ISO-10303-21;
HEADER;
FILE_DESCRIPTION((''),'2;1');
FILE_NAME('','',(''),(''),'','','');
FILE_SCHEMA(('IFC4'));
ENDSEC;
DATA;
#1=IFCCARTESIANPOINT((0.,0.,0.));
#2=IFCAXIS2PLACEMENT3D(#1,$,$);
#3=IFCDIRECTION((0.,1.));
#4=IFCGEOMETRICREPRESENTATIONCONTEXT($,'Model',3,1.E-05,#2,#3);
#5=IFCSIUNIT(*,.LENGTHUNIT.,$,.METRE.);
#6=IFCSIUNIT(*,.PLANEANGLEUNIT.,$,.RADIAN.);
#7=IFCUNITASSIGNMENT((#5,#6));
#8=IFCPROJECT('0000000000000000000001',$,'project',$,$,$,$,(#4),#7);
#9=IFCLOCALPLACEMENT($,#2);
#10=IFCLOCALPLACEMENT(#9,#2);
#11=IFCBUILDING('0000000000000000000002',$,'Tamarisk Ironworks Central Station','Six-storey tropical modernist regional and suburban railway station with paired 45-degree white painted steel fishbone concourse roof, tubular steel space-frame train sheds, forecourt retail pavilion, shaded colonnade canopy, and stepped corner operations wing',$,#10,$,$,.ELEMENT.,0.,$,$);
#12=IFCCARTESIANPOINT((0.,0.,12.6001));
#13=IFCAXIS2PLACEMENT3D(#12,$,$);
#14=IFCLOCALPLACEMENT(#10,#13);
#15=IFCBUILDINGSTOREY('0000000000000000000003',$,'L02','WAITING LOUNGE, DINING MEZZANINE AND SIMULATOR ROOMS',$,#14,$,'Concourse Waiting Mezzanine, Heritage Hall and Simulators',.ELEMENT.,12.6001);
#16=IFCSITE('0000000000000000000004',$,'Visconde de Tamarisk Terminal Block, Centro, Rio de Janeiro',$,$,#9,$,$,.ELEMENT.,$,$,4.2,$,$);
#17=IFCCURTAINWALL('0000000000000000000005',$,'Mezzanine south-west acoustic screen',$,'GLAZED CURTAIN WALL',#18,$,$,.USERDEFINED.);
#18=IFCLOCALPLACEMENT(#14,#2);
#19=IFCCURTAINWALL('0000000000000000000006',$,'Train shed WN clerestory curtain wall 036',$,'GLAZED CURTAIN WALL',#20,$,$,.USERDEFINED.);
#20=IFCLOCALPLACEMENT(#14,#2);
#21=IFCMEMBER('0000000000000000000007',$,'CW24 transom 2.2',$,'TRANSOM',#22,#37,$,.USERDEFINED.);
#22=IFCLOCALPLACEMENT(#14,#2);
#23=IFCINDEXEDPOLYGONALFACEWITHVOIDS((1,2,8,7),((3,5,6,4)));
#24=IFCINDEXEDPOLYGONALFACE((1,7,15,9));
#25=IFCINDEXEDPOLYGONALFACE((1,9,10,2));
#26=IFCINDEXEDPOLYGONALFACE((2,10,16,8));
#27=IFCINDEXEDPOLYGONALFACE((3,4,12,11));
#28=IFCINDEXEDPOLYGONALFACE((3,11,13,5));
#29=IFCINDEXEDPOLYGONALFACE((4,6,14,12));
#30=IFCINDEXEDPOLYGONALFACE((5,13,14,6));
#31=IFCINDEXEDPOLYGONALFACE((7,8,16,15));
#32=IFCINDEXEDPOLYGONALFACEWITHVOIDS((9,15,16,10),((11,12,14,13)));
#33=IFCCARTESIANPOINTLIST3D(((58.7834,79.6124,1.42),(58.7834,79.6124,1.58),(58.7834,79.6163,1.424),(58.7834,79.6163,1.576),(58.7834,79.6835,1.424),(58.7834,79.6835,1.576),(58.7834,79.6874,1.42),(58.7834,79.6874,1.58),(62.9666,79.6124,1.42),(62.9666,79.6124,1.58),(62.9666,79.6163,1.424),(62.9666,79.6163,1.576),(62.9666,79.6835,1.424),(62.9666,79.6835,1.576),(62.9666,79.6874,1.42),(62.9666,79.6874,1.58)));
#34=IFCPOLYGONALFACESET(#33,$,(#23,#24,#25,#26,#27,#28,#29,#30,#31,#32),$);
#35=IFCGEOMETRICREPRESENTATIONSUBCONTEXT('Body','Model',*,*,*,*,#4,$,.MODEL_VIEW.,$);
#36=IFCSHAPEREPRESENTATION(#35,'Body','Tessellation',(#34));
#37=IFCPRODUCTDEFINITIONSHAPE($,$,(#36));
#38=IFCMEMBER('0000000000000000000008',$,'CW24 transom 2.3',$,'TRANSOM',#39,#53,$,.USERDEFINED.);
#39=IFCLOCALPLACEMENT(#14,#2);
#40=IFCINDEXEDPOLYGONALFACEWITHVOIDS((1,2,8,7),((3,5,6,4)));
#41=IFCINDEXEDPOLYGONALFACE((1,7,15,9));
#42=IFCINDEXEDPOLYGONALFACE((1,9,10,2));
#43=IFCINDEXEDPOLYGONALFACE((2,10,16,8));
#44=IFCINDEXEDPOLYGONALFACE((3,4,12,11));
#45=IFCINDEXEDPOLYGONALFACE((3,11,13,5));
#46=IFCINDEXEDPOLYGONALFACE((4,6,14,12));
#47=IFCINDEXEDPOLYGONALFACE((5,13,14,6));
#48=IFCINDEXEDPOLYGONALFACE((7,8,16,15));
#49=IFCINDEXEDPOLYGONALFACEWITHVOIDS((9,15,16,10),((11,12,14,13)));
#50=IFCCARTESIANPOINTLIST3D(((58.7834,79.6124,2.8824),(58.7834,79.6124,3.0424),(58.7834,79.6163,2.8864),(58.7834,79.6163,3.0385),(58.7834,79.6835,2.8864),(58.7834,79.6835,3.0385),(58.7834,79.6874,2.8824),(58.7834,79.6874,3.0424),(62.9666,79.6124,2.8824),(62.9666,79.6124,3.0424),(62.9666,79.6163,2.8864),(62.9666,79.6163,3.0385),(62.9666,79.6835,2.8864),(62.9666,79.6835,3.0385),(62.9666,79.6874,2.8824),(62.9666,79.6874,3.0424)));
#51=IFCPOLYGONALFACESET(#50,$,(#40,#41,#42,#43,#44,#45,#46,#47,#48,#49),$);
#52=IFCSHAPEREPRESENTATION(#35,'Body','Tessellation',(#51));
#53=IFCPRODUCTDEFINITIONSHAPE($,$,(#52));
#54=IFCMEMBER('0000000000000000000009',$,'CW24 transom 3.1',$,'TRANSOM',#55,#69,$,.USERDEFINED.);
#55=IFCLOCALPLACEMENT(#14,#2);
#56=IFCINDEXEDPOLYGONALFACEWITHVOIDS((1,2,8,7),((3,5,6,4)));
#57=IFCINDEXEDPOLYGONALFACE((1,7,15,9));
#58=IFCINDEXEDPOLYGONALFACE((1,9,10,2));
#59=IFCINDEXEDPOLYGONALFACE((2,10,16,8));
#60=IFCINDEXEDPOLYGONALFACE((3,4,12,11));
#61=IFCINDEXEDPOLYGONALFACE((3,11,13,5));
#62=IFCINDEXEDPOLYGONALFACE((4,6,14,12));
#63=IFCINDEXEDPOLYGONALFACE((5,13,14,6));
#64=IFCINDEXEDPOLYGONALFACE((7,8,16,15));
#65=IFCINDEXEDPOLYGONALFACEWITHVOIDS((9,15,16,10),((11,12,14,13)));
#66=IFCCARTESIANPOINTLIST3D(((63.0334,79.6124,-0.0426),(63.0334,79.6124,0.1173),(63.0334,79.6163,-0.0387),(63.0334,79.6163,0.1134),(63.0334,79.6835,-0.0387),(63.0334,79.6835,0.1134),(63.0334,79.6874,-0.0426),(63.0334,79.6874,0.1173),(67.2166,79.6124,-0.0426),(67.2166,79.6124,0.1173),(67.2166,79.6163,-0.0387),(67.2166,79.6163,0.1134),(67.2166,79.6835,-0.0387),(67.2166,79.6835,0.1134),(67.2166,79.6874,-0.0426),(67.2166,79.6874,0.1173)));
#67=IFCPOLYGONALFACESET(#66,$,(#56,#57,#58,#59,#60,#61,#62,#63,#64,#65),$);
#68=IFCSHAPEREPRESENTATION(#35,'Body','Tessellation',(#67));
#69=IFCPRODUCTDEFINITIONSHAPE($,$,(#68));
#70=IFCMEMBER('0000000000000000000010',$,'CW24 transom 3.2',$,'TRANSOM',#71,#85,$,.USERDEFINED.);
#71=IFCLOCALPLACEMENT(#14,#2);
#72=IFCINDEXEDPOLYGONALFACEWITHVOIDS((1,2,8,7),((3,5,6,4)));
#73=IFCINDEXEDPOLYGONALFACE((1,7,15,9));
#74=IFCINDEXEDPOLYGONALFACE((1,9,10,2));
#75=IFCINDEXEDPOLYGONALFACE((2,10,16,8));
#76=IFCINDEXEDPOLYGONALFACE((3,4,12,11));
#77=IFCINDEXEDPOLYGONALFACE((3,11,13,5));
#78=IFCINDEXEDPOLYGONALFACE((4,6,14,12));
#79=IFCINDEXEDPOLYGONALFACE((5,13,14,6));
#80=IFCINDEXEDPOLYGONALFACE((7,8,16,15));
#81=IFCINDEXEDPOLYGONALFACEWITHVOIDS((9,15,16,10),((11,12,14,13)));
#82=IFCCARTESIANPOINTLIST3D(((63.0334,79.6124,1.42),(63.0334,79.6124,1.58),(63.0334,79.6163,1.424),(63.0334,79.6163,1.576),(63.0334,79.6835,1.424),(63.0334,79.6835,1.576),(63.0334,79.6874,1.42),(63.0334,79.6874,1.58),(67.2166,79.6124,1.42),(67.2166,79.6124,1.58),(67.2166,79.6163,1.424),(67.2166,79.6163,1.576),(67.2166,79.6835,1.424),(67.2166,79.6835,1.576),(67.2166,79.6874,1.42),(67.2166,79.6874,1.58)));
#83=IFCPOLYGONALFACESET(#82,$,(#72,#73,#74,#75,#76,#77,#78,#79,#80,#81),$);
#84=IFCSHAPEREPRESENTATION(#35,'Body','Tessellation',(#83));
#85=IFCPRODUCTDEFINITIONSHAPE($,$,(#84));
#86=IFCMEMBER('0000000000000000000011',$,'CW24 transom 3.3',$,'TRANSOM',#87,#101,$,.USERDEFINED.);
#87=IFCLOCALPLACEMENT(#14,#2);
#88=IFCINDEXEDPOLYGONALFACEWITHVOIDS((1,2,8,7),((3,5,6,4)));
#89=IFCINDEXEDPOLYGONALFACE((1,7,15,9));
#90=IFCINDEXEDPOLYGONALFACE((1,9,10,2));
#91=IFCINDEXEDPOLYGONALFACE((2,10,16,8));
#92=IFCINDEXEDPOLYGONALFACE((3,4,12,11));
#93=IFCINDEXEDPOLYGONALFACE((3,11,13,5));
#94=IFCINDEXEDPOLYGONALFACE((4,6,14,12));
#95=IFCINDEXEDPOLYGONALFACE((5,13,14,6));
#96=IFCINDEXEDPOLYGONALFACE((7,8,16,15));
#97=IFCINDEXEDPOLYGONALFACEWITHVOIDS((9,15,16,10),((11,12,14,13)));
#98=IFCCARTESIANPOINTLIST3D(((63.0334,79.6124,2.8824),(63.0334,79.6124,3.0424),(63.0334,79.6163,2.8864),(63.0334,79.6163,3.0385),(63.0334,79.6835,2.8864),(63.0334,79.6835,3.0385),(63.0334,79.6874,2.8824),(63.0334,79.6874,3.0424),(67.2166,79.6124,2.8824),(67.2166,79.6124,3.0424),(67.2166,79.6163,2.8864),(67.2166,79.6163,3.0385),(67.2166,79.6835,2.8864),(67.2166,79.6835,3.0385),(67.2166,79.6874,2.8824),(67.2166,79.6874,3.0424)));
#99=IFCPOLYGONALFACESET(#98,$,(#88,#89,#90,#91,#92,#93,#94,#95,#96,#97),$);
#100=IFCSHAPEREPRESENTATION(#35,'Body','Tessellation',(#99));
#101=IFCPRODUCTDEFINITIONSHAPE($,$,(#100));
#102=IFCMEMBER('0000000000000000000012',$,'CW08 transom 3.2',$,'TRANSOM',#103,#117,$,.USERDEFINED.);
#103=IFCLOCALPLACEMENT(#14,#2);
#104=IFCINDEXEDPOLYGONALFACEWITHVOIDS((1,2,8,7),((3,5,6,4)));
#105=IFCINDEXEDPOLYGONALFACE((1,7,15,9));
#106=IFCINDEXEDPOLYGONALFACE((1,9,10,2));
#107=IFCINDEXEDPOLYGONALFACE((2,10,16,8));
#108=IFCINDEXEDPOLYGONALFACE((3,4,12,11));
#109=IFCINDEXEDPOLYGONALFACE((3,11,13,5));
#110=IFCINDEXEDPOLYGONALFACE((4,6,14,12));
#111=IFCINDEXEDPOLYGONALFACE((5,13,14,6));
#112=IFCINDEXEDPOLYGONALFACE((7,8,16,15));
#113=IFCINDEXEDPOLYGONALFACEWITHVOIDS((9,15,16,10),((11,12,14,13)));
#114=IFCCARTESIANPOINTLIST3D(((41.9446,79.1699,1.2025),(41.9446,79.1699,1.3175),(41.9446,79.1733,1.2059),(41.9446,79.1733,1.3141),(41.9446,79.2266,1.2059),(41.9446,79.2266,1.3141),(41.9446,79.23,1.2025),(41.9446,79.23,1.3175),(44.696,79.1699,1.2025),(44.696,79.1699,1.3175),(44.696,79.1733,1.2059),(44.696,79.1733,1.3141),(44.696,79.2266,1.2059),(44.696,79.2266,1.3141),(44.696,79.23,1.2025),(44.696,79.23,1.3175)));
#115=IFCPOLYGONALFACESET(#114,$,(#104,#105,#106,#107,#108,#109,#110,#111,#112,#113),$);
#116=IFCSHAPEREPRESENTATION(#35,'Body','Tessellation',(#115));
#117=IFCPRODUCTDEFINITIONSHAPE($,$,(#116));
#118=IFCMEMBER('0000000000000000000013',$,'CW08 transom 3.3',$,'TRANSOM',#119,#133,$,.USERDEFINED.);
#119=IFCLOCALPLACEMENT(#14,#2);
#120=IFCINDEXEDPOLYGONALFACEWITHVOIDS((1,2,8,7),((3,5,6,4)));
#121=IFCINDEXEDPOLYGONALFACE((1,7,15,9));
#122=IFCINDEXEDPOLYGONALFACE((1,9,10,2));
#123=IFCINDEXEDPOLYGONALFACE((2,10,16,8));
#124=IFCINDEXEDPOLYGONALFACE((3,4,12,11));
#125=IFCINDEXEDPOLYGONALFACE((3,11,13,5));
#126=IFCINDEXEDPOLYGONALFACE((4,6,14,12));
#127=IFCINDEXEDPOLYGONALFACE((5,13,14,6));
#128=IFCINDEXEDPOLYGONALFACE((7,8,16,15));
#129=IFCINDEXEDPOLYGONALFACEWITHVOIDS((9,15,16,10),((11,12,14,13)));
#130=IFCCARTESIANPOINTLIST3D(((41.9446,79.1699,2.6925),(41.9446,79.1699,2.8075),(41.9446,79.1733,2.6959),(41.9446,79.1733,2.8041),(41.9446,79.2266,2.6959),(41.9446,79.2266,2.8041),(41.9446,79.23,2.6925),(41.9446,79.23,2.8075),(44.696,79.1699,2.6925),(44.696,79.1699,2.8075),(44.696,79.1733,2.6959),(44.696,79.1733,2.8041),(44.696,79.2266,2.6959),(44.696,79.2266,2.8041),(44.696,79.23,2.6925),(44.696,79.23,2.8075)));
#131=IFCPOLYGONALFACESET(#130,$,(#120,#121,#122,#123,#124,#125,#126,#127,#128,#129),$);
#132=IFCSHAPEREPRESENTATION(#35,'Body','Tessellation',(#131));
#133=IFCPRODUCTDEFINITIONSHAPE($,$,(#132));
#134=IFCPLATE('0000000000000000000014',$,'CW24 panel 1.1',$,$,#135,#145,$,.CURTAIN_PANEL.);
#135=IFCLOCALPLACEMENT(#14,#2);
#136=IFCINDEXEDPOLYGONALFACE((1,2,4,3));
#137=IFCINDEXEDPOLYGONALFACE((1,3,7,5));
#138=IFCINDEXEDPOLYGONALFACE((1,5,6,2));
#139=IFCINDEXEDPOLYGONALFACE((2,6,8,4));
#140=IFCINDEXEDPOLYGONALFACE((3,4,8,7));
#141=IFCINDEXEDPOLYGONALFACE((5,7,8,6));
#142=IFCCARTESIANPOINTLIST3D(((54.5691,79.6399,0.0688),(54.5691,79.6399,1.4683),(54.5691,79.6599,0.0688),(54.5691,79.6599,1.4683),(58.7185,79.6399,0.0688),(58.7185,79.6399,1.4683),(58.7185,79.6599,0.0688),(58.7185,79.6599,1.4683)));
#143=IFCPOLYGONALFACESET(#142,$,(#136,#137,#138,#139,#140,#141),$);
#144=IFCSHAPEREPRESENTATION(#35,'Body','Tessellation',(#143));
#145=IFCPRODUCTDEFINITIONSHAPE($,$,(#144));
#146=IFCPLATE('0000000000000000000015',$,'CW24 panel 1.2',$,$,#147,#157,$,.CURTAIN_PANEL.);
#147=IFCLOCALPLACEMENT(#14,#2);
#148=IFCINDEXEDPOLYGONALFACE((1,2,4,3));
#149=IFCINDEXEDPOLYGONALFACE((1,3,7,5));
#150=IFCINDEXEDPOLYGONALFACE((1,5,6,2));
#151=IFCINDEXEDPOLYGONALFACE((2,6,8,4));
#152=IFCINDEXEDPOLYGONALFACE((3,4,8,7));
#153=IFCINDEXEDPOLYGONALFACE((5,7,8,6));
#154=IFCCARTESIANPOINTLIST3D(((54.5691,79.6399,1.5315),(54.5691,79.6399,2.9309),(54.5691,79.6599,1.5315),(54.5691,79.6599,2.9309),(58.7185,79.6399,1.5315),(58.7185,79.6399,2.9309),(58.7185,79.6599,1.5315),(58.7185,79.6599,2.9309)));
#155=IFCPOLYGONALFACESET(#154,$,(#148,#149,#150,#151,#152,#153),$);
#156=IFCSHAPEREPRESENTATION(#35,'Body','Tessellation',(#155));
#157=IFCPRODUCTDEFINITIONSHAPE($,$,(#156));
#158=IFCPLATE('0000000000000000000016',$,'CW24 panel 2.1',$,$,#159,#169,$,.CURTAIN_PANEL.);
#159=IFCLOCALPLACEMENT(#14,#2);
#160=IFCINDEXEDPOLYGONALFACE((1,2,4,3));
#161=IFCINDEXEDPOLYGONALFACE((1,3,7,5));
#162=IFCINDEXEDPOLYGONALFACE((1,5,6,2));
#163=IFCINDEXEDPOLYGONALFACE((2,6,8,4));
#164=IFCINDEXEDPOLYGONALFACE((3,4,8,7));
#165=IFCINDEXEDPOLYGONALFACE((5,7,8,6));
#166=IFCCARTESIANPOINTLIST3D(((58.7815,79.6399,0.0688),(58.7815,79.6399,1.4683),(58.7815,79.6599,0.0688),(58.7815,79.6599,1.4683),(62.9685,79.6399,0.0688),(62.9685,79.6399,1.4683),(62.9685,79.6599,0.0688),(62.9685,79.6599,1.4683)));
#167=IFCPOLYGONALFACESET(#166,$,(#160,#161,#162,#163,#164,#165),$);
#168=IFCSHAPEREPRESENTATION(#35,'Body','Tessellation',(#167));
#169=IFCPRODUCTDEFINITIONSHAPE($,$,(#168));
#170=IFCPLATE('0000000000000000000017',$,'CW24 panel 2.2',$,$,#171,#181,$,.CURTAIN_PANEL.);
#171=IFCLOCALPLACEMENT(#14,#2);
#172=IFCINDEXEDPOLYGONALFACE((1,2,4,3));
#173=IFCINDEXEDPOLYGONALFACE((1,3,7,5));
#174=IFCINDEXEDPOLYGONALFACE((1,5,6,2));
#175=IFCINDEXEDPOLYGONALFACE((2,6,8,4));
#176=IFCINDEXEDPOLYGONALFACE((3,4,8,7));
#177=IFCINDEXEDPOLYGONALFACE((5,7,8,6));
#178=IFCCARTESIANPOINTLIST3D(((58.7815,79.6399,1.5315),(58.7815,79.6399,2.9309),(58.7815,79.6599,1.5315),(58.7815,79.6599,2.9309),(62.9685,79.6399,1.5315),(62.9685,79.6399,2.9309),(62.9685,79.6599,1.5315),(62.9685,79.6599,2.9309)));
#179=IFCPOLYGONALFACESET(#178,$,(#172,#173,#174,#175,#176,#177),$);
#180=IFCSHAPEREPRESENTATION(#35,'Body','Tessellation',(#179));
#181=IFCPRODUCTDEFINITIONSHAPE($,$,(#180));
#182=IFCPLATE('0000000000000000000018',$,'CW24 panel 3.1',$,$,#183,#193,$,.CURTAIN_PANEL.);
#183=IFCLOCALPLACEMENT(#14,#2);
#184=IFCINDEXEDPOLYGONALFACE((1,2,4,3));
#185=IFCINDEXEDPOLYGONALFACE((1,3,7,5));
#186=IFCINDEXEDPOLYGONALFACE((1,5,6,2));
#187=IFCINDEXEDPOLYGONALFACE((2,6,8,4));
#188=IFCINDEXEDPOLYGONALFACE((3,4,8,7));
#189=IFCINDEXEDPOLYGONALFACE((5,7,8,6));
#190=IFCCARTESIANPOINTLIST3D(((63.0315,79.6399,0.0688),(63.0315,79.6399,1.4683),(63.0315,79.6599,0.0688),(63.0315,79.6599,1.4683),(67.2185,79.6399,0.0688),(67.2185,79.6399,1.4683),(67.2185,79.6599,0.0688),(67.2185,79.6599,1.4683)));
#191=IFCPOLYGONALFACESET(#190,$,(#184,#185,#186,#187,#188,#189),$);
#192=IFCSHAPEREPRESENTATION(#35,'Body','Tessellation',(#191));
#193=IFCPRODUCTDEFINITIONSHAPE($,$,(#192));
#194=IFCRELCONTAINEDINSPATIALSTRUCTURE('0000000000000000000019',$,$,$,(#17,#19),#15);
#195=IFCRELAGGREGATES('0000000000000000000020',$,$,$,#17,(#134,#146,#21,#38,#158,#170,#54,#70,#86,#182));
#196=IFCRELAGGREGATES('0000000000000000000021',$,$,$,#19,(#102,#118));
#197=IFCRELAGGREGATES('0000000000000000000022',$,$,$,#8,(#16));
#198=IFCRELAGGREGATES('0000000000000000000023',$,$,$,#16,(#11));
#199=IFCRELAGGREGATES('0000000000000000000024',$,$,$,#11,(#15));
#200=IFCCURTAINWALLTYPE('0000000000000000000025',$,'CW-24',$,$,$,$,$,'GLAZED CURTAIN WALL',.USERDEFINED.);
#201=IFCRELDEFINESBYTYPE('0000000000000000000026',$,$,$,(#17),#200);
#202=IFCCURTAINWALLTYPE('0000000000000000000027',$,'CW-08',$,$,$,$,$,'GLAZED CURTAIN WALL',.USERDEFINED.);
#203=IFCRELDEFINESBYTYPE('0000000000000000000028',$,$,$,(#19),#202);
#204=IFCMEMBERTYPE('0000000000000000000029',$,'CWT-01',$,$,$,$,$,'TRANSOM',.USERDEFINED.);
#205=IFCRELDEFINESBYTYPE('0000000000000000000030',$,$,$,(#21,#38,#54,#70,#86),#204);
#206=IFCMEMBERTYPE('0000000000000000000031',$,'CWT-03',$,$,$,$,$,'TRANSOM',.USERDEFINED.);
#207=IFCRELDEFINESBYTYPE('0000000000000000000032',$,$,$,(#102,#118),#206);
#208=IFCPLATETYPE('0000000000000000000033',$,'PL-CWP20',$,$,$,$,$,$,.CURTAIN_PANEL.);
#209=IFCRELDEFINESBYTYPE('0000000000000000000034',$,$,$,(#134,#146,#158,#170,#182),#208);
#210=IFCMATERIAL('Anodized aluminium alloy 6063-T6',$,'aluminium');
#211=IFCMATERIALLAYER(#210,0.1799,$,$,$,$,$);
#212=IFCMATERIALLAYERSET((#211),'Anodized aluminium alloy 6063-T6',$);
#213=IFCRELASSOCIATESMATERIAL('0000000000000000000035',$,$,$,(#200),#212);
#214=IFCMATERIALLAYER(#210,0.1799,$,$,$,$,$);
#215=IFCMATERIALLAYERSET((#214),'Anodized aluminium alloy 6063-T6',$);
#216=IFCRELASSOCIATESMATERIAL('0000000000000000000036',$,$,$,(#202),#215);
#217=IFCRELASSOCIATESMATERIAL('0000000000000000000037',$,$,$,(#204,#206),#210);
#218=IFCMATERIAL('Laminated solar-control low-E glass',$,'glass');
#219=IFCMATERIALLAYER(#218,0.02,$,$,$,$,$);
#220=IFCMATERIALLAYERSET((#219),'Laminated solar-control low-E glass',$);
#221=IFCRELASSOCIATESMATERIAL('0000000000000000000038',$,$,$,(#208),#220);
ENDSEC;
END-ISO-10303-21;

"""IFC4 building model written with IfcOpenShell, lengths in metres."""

from ifc_helpers import new_model, si_unit, direction, frame, origin, origin_2d, place, context, subcontext, project, spatial, rectangle, hollow_rectangle, extrude, material, layer, layer_set, material_profile, profile_set, type_object, element, aggregate, save


model = new_model("IFC4")

# Units and contexts
model_context = context("Model", 3, precision=1e-05, world=origin(), true_north=direction((0.0, 1.0)))
body_context = subcontext(model_context, "Body", "Model", "MODEL_VIEW")
ifc_project = project(units=[si_unit("LENGTHUNIT", "METRE"), si_unit("PLANEANGLEUNIT", "RADIAN")], contexts=[model_context])

# Site, building, storey
site_placement = place(None, origin())
site = spatial("IfcSite", under=ifc_project, at=site_placement, Name="Visconde de Tamarisk Terminal Block, Centro, Rio de Janeiro", CompositionType="ELEMENT", RefElevation=4.2)
building_placement = place(site_placement, origin())
building = spatial("IfcBuilding", under=site, at=building_placement, Name="Tamarisk Ironworks Central Station", Description="Six-storey tropical modernist regional and suburban railway station with paired 45-degree white painted steel fishbone concourse roof, tubular steel space-frame train sheds, forecourt retail pavilion, shaded colonnade canopy, and stepped corner operations wing", CompositionType="ELEMENT", ElevationOfRefHeight=0.0)
storey_placement = place(building_placement, frame((0.0, 0.0, 12.6001)))
storey = spatial("IfcBuildingStorey", under=building, at=storey_placement, Name="L02", Description="WAITING LOUNGE, DINING MEZZANINE AND SIMULATOR ROOMS", LongName="Concourse Waiting Mezzanine, Heritage Hall and Simulators", CompositionType="ELEMENT", Elevation=12.6001)

# Curtain wall
ifc_material_1 = material(Name="Anodized aluminium alloy 6063-T6", Category="aluminium")
ifc_layer_1 = layer(ifc_material_1, 0.1799)
ifc_layer_set_1 = layer_set([ifc_layer_1], Name="Anodized aluminium alloy 6063-T6")
curtain_wall_type_1 = type_object("IfcCurtainWallType", Name="CW-24", ElementType="GLAZED CURTAIN WALL", PredefinedType="USERDEFINED", material=ifc_layer_set_1)
curtain_wall_1_placement = place(storey_placement, origin())
curtain_wall_1 = element("IfcCurtainWall", 1, at=curtain_wall_1_placement, inside=storey, type_object=curtain_wall_type_1, Name="Mezzanine south-west acoustic screen", ObjectType="GLAZED CURTAIN WALL", PredefinedType="USERDEFINED")

# Curtain wall
ifc_layer_2 = layer(ifc_material_1, 0.1799)
ifc_layer_set_2 = layer_set([ifc_layer_2], Name="Anodized aluminium alloy 6063-T6")
curtain_wall_type_2 = type_object("IfcCurtainWallType", Name="CW-08", ElementType="GLAZED CURTAIN WALL", PredefinedType="USERDEFINED", material=ifc_layer_set_2)
curtain_wall_2_placement = place(storey_placement, origin())
curtain_wall_2 = element("IfcCurtainWall", 2, at=curtain_wall_2_placement, inside=storey, type_object=curtain_wall_type_2, Name="Train shed WN clerestory curtain wall 036", ObjectType="GLAZED CURTAIN WALL", PredefinedType="USERDEFINED")

# Members
ifc_material_profile_1 = material_profile(ifc_material_1, hollow_rectangle(XDim=0.075, YDim=0.1599, WallThickness=0.0039, at=origin_2d()), Name="ALUM 160x75")
ifc_profile_set_1 = profile_set([ifc_material_profile_1], Name="Anodized aluminium alloy 6063-T6")
member_type_1 = type_object("IfcMemberType", Name="CWT-01", ElementType="TRANSOM", PredefinedType="USERDEFINED", material=ifc_profile_set_1)
member_1_placement = place(storey_placement, frame((58.7834, 79.6499, 1.5), z_axis=(1.0, 0.0, 0.0), x_axis=(0.0, 1.0, 0.0)))
member_1 = element("IfcMember", 3, at=member_1_placement, type_object=member_type_1, Name="CW24 transom 2.2", ObjectType="TRANSOM", PredefinedType="USERDEFINED", context=body_context, shape_type="SweptSolid", body=[
    extrude(hollow_rectangle(XDim=0.075, YDim=0.1599, WallThickness=0.0039, at=origin_2d()), origin(), (0.0, 0.0, 1.0), 4.1831),
])
member_2_placement = place(storey_placement, frame((58.7834, 79.6499, 2.9624), z_axis=(1.0, 0.0, 0.0), x_axis=(0.0, 1.0, 0.0)))
member_2 = element("IfcMember", 4, at=member_2_placement, type_object=member_type_1, Name="CW24 transom 2.3", ObjectType="TRANSOM", PredefinedType="USERDEFINED", context=body_context, shape_type="SweptSolid", body=[
    extrude(hollow_rectangle(XDim=0.075, YDim=0.1599, WallThickness=0.0039, at=origin_2d()), origin(), (0.0, 0.0, 1.0), 4.1831),
])
member_3_placement = place(storey_placement, frame((63.0334, 79.6499, 0.0374), z_axis=(1.0, 0.0, 0.0), x_axis=(0.0, 1.0, 0.0)))
member_3 = element("IfcMember", 5, at=member_3_placement, type_object=member_type_1, Name="CW24 transom 3.1", ObjectType="TRANSOM", PredefinedType="USERDEFINED", context=body_context, shape_type="SweptSolid", body=[
    extrude(hollow_rectangle(XDim=0.075, YDim=0.1599, WallThickness=0.0039, at=origin_2d()), origin(), (0.0, 0.0, 1.0), 4.1831),
])
member_4_placement = place(storey_placement, frame((63.0334, 79.6499, 1.5), z_axis=(1.0, 0.0, 0.0), x_axis=(0.0, 1.0, 0.0)))
member_4 = element("IfcMember", 6, at=member_4_placement, type_object=member_type_1, Name="CW24 transom 3.2", ObjectType="TRANSOM", PredefinedType="USERDEFINED", context=body_context, shape_type="SweptSolid", body=[
    extrude(hollow_rectangle(XDim=0.075, YDim=0.1599, WallThickness=0.0039, at=origin_2d()), origin(), (0.0, 0.0, 1.0), 4.1831),
])
member_5_placement = place(storey_placement, frame((63.0334, 79.6499, 2.9624), z_axis=(1.0, 0.0, 0.0), x_axis=(0.0, 1.0, 0.0)))
member_5 = element("IfcMember", 7, at=member_5_placement, type_object=member_type_1, Name="CW24 transom 3.3", ObjectType="TRANSOM", PredefinedType="USERDEFINED", context=body_context, shape_type="SweptSolid", body=[
    extrude(hollow_rectangle(XDim=0.075, YDim=0.1599, WallThickness=0.0039, at=origin_2d()), origin(), (0.0, 0.0, 1.0), 4.1831),
])
ifc_material_profile_2 = material_profile(ifc_material_1, hollow_rectangle(XDim=0.0601, YDim=0.115, WallThickness=0.0034, at=origin_2d()), Name="ALUM 115x60")
ifc_profile_set_2 = profile_set([ifc_material_profile_2], Name="Anodized aluminium alloy 6063-T6")
member_type_2 = type_object("IfcMemberType", Name="CWT-03", ElementType="TRANSOM", PredefinedType="USERDEFINED", material=ifc_profile_set_2)
member_6_placement = place(storey_placement, frame((41.9446, 79.2, 1.26), z_axis=(1.0, 0.0, 0.0), x_axis=(0.0, 1.0, 0.0)))
member_6 = element("IfcMember", 8, at=member_6_placement, type_object=member_type_2, Name="CW08 transom 3.2", ObjectType="TRANSOM", PredefinedType="USERDEFINED", context=body_context, shape_type="SweptSolid", body=[
    extrude(hollow_rectangle(XDim=0.0601, YDim=0.115, WallThickness=0.0034, at=origin_2d()), origin(), (0.0, 0.0, 1.0), 2.7515),
])
member_7_placement = place(storey_placement, frame((41.9446, 79.2, 2.75), z_axis=(1.0, 0.0, 0.0), x_axis=(0.0, 1.0, 0.0)))
member_7 = element("IfcMember", 9, at=member_7_placement, type_object=member_type_2, Name="CW08 transom 3.3", ObjectType="TRANSOM", PredefinedType="USERDEFINED", context=body_context, shape_type="SweptSolid", body=[
    extrude(hollow_rectangle(XDim=0.0601, YDim=0.115, WallThickness=0.0034, at=origin_2d()), origin(), (0.0, 0.0, 1.0), 2.7515),
])

# Plates
ifc_material_2 = material(Name="Laminated solar-control low-E glass", Category="glass")
ifc_layer_3 = layer(ifc_material_2, 0.02)
ifc_layer_set_3 = layer_set([ifc_layer_3], Name="Laminated solar-control low-E glass")
plate_type_1 = type_object("IfcPlateType", Name="PL-CWP20", PredefinedType="CURTAIN_PANEL", material=ifc_layer_set_3)
plate_1_placement = place(storey_placement, frame((56.6438, 79.6499, 0.0688), z_axis=(0.0, 0.0, 1.0), x_axis=(1.0, 0.0, 0.0)))
plate_1 = element("IfcPlate", 10, at=plate_1_placement, type_object=plate_type_1, Name="CW24 panel 1.1", PredefinedType="CURTAIN_PANEL", context=body_context, shape_type="SweptSolid", body=[
    extrude(rectangle(XDim=4.1494, YDim=0.02, at=origin_2d()), origin(), (0.0, 0.0, 1.0), 1.3994),
])
plate_2_placement = place(storey_placement, frame((56.6438, 79.6499, 1.5315), z_axis=(0.0, 0.0, 1.0), x_axis=(1.0, 0.0, 0.0)))
plate_2 = element("IfcPlate", 11, at=plate_2_placement, type_object=plate_type_1, Name="CW24 panel 1.2", PredefinedType="CURTAIN_PANEL", context=body_context, shape_type="SweptSolid", body=[
    extrude(rectangle(XDim=4.1494, YDim=0.02, at=origin_2d()), origin(), (0.0, 0.0, 1.0), 1.3994),
])
plate_3_placement = place(storey_placement, frame((60.875, 79.6499, 0.0688), z_axis=(0.0, 0.0, 1.0), x_axis=(1.0, 0.0, 0.0)))
plate_3 = element("IfcPlate", 12, at=plate_3_placement, type_object=plate_type_1, Name="CW24 panel 2.1", PredefinedType="CURTAIN_PANEL", context=body_context, shape_type="SweptSolid", body=[
    extrude(rectangle(XDim=4.187, YDim=0.02, at=origin_2d()), origin(), (0.0, 0.0, 1.0), 1.3994),
])
plate_4_placement = place(storey_placement, frame((60.875, 79.6499, 1.5315), z_axis=(0.0, 0.0, 1.0), x_axis=(1.0, 0.0, 0.0)))
plate_4 = element("IfcPlate", 13, at=plate_4_placement, type_object=plate_type_1, Name="CW24 panel 2.2", PredefinedType="CURTAIN_PANEL", context=body_context, shape_type="SweptSolid", body=[
    extrude(rectangle(XDim=4.187, YDim=0.02, at=origin_2d()), origin(), (0.0, 0.0, 1.0), 1.3994),
])
plate_5_placement = place(storey_placement, frame((65.125, 79.6499, 0.0688), z_axis=(0.0, 0.0, 1.0), x_axis=(1.0, 0.0, 0.0)))
plate_5 = element("IfcPlate", 14, at=plate_5_placement, type_object=plate_type_1, Name="CW24 panel 3.1", PredefinedType="CURTAIN_PANEL", context=body_context, shape_type="SweptSolid", body=[
    extrude(rectangle(XDim=4.187, YDim=0.02, at=origin_2d()), origin(), (0.0, 0.0, 1.0), 1.3994),
])
aggregate(curtain_wall_1, [plate_1, plate_2, member_1, member_2, plate_3, plate_4, member_3, member_4, member_5, plate_5])
aggregate(curtain_wall_2, [member_6, member_7])

save(model, "model.ifc")
